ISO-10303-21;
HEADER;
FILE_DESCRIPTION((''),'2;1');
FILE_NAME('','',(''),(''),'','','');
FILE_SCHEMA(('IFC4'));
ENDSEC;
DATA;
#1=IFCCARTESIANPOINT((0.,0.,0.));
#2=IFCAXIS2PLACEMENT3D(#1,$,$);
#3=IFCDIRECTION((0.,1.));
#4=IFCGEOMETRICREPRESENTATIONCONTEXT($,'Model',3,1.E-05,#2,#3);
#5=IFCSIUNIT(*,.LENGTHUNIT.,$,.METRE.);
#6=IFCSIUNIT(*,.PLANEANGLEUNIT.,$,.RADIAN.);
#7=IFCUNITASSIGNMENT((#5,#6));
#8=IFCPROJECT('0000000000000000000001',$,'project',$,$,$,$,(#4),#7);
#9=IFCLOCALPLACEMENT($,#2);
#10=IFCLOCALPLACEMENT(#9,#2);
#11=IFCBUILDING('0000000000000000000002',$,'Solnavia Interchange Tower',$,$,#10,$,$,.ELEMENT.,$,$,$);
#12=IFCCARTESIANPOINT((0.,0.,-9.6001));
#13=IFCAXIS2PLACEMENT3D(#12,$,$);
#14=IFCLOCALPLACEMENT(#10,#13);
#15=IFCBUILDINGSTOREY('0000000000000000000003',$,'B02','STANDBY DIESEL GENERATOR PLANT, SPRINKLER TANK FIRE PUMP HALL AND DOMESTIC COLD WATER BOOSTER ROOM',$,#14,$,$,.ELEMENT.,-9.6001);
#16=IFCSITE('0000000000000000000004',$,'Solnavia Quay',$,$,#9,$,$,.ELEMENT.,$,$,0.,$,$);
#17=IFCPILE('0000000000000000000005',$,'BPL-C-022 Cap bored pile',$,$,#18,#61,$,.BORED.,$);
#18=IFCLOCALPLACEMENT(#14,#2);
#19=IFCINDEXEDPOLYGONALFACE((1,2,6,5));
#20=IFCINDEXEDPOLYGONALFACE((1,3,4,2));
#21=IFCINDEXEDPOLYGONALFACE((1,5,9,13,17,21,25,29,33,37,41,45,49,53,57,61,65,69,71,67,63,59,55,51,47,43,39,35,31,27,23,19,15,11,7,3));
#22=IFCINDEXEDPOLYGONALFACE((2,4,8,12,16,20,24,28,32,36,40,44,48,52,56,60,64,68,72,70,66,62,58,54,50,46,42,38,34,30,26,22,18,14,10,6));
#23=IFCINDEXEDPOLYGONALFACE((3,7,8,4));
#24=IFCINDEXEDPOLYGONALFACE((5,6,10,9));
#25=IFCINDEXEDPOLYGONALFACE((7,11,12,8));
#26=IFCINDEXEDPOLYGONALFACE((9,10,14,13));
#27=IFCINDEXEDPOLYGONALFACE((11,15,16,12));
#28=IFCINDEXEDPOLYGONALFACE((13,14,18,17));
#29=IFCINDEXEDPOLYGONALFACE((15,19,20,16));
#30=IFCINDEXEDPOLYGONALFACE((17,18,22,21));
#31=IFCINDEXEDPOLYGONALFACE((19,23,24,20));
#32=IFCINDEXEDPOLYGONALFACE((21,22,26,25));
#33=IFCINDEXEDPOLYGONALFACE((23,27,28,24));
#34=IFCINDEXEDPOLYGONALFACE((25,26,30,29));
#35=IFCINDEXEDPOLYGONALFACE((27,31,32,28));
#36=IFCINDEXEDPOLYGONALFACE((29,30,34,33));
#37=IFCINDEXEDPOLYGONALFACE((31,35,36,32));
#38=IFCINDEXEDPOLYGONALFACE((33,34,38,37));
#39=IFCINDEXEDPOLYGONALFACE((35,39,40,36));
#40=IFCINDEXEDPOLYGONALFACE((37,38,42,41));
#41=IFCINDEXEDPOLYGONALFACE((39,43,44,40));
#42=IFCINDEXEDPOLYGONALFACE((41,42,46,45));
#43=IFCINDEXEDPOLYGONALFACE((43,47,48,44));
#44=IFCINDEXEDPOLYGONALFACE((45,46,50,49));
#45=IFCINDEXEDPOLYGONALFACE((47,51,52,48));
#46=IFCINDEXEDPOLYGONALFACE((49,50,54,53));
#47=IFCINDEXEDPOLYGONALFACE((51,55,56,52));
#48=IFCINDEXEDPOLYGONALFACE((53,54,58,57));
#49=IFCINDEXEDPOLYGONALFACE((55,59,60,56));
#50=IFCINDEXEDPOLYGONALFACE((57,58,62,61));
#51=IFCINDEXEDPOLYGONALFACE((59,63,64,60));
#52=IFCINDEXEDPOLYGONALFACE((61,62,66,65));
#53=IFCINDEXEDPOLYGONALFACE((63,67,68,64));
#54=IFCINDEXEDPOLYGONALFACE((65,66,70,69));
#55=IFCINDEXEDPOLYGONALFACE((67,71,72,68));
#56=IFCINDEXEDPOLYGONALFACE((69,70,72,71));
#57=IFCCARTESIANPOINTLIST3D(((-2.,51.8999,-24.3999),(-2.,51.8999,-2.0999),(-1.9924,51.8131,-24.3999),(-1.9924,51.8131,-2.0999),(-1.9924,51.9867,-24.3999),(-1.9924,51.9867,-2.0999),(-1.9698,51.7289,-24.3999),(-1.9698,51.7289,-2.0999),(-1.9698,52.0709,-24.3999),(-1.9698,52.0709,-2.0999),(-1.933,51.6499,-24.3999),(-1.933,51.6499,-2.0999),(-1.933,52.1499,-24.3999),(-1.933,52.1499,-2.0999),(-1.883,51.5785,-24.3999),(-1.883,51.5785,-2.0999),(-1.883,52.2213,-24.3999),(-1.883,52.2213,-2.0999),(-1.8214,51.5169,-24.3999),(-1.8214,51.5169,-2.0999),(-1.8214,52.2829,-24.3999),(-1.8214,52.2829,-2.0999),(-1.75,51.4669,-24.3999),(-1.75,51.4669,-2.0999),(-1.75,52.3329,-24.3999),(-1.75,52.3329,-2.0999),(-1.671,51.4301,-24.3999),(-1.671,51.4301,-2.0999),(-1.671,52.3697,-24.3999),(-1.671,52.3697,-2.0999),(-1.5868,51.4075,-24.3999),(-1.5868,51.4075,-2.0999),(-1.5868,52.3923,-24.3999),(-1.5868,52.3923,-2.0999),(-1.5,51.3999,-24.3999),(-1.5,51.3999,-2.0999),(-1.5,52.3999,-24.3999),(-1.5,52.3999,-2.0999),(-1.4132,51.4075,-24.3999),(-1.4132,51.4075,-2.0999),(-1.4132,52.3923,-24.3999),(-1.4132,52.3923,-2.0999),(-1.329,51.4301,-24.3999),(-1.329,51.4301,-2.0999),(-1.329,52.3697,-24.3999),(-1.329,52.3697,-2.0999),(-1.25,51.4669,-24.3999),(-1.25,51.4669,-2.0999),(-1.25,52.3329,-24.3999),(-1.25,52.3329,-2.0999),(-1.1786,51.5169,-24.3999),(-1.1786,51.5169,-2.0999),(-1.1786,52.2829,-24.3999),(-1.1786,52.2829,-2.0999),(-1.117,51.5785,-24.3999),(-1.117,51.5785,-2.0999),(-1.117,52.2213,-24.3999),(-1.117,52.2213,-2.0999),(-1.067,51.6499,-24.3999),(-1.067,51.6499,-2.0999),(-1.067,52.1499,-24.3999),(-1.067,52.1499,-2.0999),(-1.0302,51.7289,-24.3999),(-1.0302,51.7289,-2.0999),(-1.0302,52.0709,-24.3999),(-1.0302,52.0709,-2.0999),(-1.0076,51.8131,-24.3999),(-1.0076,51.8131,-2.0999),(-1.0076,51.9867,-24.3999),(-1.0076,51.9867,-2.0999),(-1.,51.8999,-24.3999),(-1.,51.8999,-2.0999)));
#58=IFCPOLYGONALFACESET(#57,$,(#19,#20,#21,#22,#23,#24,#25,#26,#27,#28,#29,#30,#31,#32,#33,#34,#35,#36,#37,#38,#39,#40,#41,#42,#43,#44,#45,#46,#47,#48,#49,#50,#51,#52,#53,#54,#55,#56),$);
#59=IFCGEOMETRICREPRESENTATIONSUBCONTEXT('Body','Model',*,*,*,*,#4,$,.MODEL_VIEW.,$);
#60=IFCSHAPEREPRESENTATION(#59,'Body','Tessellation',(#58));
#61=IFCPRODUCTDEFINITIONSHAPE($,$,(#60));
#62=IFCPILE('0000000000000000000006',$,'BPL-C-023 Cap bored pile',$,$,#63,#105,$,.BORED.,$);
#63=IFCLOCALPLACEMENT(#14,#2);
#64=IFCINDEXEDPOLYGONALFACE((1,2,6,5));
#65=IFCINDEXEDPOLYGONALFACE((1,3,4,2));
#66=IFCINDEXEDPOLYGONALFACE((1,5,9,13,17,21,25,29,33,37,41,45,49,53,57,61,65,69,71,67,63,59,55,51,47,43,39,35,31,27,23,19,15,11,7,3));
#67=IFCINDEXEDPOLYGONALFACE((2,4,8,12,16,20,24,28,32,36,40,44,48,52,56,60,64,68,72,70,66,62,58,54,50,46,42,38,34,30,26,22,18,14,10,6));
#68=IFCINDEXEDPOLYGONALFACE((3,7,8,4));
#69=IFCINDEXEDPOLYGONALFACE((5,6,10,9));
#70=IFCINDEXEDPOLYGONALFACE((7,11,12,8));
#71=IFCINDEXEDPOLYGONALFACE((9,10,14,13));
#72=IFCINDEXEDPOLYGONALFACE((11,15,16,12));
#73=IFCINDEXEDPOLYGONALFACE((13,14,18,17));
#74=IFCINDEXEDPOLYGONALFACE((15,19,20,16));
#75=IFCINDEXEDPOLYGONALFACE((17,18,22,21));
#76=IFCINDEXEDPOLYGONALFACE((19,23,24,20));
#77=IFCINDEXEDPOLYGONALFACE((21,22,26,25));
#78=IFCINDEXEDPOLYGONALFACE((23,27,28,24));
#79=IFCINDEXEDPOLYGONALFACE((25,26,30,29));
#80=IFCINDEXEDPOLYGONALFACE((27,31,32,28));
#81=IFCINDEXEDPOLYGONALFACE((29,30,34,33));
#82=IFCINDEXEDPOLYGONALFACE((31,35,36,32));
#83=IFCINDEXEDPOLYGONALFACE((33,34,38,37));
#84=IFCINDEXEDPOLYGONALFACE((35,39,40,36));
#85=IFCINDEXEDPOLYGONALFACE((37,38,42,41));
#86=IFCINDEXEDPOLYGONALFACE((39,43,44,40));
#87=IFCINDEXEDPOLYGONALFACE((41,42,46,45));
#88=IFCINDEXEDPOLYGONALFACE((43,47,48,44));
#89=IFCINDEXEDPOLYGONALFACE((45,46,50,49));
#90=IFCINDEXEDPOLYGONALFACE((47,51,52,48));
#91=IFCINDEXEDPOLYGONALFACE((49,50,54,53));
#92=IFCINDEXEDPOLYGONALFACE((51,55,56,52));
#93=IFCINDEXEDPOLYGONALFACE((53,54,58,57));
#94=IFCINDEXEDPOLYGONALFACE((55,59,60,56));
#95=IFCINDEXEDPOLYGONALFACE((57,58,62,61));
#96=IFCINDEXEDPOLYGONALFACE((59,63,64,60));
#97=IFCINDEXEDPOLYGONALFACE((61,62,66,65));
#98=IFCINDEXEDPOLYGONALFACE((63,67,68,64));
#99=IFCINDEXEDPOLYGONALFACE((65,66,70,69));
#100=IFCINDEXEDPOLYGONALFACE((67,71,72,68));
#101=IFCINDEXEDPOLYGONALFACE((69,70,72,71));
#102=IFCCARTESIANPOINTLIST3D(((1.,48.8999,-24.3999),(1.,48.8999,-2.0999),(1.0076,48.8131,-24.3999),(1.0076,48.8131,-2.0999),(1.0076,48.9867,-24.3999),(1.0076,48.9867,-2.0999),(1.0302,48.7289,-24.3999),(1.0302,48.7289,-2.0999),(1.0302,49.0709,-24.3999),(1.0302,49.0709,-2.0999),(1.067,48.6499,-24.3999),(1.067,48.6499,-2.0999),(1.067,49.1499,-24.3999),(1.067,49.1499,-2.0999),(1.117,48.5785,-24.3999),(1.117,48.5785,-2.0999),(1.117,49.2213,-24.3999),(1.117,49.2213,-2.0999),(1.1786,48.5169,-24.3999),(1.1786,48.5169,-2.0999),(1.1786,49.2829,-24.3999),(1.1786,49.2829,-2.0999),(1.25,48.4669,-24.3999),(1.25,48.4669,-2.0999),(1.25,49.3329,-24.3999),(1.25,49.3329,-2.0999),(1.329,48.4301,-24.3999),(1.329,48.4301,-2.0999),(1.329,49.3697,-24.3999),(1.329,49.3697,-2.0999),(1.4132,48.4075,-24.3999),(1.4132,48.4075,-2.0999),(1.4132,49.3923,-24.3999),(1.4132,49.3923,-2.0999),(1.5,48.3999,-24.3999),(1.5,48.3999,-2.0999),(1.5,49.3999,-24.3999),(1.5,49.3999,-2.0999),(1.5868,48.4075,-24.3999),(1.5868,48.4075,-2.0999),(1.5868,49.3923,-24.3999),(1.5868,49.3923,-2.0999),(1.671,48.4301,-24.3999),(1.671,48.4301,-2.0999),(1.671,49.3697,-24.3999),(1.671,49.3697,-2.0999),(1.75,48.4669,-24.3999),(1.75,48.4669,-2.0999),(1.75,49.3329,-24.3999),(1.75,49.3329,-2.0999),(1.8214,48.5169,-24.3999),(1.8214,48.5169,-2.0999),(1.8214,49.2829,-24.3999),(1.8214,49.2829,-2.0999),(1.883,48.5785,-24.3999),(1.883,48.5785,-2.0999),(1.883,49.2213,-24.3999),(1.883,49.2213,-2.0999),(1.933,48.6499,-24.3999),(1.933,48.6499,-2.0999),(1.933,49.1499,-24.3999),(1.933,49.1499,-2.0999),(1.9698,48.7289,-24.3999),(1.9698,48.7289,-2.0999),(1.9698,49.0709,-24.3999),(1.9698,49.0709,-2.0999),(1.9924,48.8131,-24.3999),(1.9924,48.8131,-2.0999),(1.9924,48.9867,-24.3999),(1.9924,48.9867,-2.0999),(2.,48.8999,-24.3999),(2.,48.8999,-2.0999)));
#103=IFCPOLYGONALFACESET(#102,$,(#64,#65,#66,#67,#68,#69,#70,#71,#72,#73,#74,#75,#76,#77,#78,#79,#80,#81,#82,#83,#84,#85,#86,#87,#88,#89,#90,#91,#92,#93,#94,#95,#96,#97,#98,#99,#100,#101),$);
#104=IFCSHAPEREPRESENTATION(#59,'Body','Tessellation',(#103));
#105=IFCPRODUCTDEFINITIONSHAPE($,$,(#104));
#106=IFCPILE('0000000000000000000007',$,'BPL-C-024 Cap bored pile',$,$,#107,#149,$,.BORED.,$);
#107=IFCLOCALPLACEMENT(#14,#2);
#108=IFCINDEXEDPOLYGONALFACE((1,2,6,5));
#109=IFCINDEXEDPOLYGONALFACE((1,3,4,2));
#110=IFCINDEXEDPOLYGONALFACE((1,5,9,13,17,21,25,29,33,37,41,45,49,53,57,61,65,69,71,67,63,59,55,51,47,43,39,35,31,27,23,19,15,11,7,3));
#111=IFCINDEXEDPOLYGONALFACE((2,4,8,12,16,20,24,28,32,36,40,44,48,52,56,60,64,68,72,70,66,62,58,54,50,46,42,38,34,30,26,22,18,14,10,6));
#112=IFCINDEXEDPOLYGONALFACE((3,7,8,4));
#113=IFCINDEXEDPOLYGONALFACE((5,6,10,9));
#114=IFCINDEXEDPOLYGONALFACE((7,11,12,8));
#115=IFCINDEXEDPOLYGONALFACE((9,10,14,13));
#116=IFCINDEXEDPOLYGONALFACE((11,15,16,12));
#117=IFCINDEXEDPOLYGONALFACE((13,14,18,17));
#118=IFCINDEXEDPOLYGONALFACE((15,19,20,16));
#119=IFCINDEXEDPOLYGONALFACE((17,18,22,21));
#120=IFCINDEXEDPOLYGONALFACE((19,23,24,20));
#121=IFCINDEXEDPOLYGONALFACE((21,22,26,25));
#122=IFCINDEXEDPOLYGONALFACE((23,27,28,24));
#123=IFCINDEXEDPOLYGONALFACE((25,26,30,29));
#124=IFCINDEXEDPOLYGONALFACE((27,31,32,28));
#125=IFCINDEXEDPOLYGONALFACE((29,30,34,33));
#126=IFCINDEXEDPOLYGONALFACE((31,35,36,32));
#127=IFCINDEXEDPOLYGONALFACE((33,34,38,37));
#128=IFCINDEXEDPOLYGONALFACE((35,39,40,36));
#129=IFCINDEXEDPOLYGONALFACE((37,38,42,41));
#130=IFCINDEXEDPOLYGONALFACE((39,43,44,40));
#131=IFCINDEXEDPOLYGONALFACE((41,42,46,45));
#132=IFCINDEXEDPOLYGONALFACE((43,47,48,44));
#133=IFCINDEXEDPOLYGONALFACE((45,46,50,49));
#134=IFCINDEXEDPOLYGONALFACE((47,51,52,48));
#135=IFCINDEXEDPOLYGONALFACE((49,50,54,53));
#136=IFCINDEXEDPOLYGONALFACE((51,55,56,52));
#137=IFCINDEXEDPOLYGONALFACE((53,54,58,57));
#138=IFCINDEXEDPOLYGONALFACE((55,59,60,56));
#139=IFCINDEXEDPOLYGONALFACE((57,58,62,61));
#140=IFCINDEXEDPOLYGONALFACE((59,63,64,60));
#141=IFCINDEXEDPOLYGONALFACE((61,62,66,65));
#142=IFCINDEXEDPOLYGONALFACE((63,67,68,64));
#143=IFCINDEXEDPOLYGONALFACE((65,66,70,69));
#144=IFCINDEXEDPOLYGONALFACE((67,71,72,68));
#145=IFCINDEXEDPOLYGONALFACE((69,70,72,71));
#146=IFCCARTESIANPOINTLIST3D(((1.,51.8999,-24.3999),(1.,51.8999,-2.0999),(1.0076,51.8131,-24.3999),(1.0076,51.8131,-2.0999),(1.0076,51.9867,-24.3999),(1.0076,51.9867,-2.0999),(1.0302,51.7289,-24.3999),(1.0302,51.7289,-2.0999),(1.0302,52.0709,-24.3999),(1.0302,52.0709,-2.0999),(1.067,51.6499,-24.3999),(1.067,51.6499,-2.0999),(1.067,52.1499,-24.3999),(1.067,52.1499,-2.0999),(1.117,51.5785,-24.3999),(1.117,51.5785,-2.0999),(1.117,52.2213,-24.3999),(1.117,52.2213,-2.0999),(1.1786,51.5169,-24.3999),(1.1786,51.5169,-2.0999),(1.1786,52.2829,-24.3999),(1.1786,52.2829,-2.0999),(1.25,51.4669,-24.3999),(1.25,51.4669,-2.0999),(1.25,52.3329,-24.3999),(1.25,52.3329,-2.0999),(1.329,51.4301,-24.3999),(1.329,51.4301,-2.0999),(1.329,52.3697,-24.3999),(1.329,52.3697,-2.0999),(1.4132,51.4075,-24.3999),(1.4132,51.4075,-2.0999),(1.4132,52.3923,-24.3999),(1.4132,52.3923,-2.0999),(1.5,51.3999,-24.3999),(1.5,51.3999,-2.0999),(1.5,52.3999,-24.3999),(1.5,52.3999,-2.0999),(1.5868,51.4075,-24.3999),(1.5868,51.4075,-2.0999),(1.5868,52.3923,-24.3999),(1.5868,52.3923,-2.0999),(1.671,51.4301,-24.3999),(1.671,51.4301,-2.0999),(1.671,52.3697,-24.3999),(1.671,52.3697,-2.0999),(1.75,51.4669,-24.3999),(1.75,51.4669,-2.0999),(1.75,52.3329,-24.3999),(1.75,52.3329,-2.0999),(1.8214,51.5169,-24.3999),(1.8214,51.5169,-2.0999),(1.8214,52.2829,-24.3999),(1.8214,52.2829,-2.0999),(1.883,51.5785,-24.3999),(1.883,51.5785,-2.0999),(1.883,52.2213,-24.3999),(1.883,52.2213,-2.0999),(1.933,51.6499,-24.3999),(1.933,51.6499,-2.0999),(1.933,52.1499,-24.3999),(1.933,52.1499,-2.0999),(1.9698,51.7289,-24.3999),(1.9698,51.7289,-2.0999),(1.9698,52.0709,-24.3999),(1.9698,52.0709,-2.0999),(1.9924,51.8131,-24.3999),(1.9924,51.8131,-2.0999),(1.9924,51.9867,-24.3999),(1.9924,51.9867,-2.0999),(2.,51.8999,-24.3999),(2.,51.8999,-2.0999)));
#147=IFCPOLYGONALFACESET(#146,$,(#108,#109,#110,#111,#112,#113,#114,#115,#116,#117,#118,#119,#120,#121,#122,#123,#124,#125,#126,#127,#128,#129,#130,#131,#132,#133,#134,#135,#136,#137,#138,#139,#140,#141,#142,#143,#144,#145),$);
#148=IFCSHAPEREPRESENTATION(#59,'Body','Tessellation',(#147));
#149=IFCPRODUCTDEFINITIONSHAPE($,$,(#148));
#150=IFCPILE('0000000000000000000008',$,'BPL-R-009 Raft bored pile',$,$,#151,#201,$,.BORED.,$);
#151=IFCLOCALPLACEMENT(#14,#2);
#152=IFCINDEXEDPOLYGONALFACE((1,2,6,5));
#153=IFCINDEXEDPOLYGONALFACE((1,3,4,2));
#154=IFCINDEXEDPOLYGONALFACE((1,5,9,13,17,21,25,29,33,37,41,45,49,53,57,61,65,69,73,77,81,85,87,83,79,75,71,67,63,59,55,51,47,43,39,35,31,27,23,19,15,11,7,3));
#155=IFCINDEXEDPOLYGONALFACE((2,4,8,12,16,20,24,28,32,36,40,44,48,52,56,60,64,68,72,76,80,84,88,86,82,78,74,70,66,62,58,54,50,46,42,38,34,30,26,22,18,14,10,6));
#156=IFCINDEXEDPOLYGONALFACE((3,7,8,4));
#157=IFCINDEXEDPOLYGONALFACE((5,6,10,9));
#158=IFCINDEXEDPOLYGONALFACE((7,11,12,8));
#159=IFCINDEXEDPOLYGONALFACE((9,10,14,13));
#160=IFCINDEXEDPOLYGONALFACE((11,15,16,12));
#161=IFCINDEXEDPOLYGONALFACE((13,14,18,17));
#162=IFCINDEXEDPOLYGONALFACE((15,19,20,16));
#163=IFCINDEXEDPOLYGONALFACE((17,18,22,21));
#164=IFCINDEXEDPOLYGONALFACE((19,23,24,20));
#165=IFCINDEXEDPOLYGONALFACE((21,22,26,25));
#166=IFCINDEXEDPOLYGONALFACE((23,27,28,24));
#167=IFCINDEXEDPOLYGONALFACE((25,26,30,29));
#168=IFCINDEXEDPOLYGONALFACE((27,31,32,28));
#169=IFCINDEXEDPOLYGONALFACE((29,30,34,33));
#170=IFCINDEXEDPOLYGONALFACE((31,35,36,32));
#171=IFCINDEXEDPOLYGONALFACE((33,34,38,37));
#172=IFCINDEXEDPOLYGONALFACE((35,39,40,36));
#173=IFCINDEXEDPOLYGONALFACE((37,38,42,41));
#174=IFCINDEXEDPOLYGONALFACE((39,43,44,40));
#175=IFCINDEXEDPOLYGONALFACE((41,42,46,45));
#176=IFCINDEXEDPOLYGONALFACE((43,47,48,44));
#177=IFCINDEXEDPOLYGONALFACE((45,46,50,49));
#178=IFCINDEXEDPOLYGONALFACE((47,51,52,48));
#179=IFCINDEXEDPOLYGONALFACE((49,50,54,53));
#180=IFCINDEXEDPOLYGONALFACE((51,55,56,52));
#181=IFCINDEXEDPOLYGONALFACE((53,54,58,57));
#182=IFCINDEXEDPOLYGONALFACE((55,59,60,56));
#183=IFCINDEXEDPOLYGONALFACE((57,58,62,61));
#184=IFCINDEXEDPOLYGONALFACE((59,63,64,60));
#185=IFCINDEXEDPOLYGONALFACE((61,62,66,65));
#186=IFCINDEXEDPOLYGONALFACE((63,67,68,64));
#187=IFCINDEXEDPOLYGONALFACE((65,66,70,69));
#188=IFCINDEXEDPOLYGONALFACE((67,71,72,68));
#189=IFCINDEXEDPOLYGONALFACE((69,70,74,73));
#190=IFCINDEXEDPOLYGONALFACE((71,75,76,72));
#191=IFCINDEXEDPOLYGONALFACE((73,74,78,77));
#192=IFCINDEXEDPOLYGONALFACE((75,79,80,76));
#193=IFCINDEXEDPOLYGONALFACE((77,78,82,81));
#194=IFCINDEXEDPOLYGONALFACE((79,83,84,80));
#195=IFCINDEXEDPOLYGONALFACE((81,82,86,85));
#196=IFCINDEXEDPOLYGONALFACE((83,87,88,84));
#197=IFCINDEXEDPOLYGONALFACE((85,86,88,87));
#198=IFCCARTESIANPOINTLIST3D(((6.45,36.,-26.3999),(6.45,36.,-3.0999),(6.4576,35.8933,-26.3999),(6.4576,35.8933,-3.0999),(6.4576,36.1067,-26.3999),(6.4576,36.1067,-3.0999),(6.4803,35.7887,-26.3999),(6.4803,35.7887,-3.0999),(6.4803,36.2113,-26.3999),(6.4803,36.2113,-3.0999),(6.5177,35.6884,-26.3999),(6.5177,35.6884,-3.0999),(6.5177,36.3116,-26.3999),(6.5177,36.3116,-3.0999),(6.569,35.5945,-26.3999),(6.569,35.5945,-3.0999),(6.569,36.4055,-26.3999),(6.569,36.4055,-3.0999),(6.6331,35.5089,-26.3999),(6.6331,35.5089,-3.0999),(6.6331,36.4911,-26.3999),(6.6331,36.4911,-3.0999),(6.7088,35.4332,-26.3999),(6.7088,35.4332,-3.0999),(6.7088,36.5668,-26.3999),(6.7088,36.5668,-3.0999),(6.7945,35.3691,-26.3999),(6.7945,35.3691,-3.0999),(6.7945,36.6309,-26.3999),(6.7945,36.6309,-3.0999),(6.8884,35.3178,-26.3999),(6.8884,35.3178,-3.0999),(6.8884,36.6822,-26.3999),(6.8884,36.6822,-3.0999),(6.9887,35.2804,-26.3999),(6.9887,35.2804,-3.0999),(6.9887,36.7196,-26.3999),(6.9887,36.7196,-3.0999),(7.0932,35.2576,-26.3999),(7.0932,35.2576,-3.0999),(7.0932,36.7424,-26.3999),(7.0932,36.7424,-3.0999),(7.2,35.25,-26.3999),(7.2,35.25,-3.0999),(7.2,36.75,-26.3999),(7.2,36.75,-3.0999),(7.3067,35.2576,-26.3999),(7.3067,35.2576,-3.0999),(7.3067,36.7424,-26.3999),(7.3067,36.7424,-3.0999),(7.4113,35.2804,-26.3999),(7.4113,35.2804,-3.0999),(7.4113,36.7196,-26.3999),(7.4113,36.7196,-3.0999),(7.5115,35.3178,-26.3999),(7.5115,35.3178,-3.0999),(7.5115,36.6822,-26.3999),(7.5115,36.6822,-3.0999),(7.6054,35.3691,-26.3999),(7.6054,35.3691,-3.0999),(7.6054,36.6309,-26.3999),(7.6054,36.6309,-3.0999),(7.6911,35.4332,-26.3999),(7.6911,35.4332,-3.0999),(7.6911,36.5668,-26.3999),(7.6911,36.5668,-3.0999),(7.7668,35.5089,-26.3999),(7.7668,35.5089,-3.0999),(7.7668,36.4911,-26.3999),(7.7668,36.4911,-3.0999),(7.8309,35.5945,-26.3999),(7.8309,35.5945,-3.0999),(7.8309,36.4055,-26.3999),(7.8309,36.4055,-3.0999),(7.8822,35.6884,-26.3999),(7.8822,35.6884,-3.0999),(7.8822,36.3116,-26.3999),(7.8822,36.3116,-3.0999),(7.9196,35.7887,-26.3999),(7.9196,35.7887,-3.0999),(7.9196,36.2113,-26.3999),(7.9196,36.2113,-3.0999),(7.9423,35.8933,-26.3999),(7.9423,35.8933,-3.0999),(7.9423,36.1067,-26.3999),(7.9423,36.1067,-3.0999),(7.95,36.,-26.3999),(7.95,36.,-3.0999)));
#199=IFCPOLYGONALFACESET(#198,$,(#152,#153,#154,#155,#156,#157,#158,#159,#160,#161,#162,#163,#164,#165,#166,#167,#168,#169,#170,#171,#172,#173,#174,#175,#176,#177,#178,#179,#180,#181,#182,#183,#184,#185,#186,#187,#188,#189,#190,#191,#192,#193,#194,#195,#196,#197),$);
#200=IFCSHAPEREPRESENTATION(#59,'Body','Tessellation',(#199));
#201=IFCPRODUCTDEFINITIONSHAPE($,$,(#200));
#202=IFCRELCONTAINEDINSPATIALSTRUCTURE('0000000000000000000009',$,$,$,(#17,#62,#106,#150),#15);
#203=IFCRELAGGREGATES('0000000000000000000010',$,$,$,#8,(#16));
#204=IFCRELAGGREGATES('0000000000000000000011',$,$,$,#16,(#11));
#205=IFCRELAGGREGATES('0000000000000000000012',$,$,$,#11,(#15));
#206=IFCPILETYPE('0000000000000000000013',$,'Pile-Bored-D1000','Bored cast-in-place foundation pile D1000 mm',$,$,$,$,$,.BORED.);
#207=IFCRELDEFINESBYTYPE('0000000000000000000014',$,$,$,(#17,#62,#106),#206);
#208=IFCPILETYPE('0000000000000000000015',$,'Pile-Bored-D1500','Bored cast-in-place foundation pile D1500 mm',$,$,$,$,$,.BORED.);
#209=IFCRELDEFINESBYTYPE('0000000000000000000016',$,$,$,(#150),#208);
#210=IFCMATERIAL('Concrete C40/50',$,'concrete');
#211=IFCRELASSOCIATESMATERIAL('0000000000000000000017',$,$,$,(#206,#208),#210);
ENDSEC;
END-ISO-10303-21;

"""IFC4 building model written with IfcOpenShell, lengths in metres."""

from ifc_helpers import new_model, si_unit, direction, frame, origin, origin_2d, place, context, subcontext, project, spatial, circle, extrude, material, material_profile, profile_set, type_object, element, save


model = new_model("IFC4")

# Units and contexts
model_context = context("Model", 3, precision=1e-05, world=origin(), true_north=direction((0.0, 1.0)))
body_context = subcontext(model_context, "Body", "Model", "MODEL_VIEW")
ifc_project = project(units=[si_unit("LENGTHUNIT", "METRE"), si_unit("PLANEANGLEUNIT", "RADIAN")], contexts=[model_context])

# Site, building, storey
site_placement = place(None, origin())
site = spatial("IfcSite", under=ifc_project, at=site_placement, Name="Solnavia Quay", CompositionType="ELEMENT", RefElevation=0.0)
building_placement = place(site_placement, origin())
building = spatial("IfcBuilding", under=site, at=building_placement, Name="Solnavia Interchange Tower", CompositionType="ELEMENT")
storey_placement = place(building_placement, frame((0.0, 0.0, -9.6001)))
storey = spatial("IfcBuildingStorey", under=building, at=storey_placement, Name="B02", Description="STANDBY DIESEL GENERATOR PLANT, SPRINKLER TANK FIRE PUMP HALL AND DOMESTIC COLD WATER BOOSTER ROOM", CompositionType="ELEMENT", Elevation=-9.6001)

# Shared definitions
ifc_material_1 = material(Name="Concrete C40/50", Category="concrete")

# Piles
ifc_material_profile_1 = material_profile(ifc_material_1, circle(Radius=0.5, at=origin_2d()), Name="PILE D1000")
ifc_profile_set_1 = profile_set([ifc_material_profile_1], Name="Concrete C40/50")
pile_type_1 = type_object("IfcPileType", Name="Pile-Bored-D1000", Description="Bored cast-in-place foundation pile D1000 mm", PredefinedType="BORED", material=ifc_profile_set_1)
for number, where, z_axis, x_axis, name in (
    (1, (-1.5, 51.8999, -2.0999), (0.0, 0.0, -1.0), (1.0, 0.0, 0.0), "BPL-C-022 Cap bored pile"),
    (2, (1.5, 48.8999, -2.0999), (0.0, 0.0, -1.0), (1.0, 0.0, 0.0), "BPL-C-023 Cap bored pile"),
    (3, (1.5, 51.8999, -2.0999), (0.0, 0.0, -1.0), (1.0, 0.0, 0.0), "BPL-C-024 Cap bored pile"),
):
    element("IfcPile", number, at=place(storey_placement, frame(where, z_axis=z_axis, x_axis=x_axis)), inside=storey, type_object=pile_type_1, Name=name, PredefinedType="BORED", context=body_context, shape_type="SweptSolid", body=[
        extrude(circle(Radius=0.5, at=origin_2d()), origin(), (0.0, 0.0, 1.0), 22.3),
    ])
ifc_material_profile_2 = material_profile(ifc_material_1, circle(Radius=0.75, at=origin_2d()), Name="PILE D1500")
ifc_profile_set_2 = profile_set([ifc_material_profile_2], Name="Concrete C40/50")
pile_type_2 = type_object("IfcPileType", Name="Pile-Bored-D1500", Description="Bored cast-in-place foundation pile D1500 mm", PredefinedType="BORED", material=ifc_profile_set_2)
for number, where, z_axis, x_axis, name in (
    (4, (7.2, 36.0, -3.0999), (0.0, 0.0, -1.0), (1.0, 0.0, 0.0), "BPL-R-009 Raft bored pile"),
):
    element("IfcPile", number, at=place(storey_placement, frame(where, z_axis=z_axis, x_axis=x_axis)), inside=storey, type_object=pile_type_2, Name=name, PredefinedType="BORED", context=body_context, shape_type="SweptSolid", body=[
        extrude(circle(Radius=0.75, at=origin_2d()), origin(), (0.0, 0.0, 1.0), 23.3),
    ])

save(model, "model.ifc")
